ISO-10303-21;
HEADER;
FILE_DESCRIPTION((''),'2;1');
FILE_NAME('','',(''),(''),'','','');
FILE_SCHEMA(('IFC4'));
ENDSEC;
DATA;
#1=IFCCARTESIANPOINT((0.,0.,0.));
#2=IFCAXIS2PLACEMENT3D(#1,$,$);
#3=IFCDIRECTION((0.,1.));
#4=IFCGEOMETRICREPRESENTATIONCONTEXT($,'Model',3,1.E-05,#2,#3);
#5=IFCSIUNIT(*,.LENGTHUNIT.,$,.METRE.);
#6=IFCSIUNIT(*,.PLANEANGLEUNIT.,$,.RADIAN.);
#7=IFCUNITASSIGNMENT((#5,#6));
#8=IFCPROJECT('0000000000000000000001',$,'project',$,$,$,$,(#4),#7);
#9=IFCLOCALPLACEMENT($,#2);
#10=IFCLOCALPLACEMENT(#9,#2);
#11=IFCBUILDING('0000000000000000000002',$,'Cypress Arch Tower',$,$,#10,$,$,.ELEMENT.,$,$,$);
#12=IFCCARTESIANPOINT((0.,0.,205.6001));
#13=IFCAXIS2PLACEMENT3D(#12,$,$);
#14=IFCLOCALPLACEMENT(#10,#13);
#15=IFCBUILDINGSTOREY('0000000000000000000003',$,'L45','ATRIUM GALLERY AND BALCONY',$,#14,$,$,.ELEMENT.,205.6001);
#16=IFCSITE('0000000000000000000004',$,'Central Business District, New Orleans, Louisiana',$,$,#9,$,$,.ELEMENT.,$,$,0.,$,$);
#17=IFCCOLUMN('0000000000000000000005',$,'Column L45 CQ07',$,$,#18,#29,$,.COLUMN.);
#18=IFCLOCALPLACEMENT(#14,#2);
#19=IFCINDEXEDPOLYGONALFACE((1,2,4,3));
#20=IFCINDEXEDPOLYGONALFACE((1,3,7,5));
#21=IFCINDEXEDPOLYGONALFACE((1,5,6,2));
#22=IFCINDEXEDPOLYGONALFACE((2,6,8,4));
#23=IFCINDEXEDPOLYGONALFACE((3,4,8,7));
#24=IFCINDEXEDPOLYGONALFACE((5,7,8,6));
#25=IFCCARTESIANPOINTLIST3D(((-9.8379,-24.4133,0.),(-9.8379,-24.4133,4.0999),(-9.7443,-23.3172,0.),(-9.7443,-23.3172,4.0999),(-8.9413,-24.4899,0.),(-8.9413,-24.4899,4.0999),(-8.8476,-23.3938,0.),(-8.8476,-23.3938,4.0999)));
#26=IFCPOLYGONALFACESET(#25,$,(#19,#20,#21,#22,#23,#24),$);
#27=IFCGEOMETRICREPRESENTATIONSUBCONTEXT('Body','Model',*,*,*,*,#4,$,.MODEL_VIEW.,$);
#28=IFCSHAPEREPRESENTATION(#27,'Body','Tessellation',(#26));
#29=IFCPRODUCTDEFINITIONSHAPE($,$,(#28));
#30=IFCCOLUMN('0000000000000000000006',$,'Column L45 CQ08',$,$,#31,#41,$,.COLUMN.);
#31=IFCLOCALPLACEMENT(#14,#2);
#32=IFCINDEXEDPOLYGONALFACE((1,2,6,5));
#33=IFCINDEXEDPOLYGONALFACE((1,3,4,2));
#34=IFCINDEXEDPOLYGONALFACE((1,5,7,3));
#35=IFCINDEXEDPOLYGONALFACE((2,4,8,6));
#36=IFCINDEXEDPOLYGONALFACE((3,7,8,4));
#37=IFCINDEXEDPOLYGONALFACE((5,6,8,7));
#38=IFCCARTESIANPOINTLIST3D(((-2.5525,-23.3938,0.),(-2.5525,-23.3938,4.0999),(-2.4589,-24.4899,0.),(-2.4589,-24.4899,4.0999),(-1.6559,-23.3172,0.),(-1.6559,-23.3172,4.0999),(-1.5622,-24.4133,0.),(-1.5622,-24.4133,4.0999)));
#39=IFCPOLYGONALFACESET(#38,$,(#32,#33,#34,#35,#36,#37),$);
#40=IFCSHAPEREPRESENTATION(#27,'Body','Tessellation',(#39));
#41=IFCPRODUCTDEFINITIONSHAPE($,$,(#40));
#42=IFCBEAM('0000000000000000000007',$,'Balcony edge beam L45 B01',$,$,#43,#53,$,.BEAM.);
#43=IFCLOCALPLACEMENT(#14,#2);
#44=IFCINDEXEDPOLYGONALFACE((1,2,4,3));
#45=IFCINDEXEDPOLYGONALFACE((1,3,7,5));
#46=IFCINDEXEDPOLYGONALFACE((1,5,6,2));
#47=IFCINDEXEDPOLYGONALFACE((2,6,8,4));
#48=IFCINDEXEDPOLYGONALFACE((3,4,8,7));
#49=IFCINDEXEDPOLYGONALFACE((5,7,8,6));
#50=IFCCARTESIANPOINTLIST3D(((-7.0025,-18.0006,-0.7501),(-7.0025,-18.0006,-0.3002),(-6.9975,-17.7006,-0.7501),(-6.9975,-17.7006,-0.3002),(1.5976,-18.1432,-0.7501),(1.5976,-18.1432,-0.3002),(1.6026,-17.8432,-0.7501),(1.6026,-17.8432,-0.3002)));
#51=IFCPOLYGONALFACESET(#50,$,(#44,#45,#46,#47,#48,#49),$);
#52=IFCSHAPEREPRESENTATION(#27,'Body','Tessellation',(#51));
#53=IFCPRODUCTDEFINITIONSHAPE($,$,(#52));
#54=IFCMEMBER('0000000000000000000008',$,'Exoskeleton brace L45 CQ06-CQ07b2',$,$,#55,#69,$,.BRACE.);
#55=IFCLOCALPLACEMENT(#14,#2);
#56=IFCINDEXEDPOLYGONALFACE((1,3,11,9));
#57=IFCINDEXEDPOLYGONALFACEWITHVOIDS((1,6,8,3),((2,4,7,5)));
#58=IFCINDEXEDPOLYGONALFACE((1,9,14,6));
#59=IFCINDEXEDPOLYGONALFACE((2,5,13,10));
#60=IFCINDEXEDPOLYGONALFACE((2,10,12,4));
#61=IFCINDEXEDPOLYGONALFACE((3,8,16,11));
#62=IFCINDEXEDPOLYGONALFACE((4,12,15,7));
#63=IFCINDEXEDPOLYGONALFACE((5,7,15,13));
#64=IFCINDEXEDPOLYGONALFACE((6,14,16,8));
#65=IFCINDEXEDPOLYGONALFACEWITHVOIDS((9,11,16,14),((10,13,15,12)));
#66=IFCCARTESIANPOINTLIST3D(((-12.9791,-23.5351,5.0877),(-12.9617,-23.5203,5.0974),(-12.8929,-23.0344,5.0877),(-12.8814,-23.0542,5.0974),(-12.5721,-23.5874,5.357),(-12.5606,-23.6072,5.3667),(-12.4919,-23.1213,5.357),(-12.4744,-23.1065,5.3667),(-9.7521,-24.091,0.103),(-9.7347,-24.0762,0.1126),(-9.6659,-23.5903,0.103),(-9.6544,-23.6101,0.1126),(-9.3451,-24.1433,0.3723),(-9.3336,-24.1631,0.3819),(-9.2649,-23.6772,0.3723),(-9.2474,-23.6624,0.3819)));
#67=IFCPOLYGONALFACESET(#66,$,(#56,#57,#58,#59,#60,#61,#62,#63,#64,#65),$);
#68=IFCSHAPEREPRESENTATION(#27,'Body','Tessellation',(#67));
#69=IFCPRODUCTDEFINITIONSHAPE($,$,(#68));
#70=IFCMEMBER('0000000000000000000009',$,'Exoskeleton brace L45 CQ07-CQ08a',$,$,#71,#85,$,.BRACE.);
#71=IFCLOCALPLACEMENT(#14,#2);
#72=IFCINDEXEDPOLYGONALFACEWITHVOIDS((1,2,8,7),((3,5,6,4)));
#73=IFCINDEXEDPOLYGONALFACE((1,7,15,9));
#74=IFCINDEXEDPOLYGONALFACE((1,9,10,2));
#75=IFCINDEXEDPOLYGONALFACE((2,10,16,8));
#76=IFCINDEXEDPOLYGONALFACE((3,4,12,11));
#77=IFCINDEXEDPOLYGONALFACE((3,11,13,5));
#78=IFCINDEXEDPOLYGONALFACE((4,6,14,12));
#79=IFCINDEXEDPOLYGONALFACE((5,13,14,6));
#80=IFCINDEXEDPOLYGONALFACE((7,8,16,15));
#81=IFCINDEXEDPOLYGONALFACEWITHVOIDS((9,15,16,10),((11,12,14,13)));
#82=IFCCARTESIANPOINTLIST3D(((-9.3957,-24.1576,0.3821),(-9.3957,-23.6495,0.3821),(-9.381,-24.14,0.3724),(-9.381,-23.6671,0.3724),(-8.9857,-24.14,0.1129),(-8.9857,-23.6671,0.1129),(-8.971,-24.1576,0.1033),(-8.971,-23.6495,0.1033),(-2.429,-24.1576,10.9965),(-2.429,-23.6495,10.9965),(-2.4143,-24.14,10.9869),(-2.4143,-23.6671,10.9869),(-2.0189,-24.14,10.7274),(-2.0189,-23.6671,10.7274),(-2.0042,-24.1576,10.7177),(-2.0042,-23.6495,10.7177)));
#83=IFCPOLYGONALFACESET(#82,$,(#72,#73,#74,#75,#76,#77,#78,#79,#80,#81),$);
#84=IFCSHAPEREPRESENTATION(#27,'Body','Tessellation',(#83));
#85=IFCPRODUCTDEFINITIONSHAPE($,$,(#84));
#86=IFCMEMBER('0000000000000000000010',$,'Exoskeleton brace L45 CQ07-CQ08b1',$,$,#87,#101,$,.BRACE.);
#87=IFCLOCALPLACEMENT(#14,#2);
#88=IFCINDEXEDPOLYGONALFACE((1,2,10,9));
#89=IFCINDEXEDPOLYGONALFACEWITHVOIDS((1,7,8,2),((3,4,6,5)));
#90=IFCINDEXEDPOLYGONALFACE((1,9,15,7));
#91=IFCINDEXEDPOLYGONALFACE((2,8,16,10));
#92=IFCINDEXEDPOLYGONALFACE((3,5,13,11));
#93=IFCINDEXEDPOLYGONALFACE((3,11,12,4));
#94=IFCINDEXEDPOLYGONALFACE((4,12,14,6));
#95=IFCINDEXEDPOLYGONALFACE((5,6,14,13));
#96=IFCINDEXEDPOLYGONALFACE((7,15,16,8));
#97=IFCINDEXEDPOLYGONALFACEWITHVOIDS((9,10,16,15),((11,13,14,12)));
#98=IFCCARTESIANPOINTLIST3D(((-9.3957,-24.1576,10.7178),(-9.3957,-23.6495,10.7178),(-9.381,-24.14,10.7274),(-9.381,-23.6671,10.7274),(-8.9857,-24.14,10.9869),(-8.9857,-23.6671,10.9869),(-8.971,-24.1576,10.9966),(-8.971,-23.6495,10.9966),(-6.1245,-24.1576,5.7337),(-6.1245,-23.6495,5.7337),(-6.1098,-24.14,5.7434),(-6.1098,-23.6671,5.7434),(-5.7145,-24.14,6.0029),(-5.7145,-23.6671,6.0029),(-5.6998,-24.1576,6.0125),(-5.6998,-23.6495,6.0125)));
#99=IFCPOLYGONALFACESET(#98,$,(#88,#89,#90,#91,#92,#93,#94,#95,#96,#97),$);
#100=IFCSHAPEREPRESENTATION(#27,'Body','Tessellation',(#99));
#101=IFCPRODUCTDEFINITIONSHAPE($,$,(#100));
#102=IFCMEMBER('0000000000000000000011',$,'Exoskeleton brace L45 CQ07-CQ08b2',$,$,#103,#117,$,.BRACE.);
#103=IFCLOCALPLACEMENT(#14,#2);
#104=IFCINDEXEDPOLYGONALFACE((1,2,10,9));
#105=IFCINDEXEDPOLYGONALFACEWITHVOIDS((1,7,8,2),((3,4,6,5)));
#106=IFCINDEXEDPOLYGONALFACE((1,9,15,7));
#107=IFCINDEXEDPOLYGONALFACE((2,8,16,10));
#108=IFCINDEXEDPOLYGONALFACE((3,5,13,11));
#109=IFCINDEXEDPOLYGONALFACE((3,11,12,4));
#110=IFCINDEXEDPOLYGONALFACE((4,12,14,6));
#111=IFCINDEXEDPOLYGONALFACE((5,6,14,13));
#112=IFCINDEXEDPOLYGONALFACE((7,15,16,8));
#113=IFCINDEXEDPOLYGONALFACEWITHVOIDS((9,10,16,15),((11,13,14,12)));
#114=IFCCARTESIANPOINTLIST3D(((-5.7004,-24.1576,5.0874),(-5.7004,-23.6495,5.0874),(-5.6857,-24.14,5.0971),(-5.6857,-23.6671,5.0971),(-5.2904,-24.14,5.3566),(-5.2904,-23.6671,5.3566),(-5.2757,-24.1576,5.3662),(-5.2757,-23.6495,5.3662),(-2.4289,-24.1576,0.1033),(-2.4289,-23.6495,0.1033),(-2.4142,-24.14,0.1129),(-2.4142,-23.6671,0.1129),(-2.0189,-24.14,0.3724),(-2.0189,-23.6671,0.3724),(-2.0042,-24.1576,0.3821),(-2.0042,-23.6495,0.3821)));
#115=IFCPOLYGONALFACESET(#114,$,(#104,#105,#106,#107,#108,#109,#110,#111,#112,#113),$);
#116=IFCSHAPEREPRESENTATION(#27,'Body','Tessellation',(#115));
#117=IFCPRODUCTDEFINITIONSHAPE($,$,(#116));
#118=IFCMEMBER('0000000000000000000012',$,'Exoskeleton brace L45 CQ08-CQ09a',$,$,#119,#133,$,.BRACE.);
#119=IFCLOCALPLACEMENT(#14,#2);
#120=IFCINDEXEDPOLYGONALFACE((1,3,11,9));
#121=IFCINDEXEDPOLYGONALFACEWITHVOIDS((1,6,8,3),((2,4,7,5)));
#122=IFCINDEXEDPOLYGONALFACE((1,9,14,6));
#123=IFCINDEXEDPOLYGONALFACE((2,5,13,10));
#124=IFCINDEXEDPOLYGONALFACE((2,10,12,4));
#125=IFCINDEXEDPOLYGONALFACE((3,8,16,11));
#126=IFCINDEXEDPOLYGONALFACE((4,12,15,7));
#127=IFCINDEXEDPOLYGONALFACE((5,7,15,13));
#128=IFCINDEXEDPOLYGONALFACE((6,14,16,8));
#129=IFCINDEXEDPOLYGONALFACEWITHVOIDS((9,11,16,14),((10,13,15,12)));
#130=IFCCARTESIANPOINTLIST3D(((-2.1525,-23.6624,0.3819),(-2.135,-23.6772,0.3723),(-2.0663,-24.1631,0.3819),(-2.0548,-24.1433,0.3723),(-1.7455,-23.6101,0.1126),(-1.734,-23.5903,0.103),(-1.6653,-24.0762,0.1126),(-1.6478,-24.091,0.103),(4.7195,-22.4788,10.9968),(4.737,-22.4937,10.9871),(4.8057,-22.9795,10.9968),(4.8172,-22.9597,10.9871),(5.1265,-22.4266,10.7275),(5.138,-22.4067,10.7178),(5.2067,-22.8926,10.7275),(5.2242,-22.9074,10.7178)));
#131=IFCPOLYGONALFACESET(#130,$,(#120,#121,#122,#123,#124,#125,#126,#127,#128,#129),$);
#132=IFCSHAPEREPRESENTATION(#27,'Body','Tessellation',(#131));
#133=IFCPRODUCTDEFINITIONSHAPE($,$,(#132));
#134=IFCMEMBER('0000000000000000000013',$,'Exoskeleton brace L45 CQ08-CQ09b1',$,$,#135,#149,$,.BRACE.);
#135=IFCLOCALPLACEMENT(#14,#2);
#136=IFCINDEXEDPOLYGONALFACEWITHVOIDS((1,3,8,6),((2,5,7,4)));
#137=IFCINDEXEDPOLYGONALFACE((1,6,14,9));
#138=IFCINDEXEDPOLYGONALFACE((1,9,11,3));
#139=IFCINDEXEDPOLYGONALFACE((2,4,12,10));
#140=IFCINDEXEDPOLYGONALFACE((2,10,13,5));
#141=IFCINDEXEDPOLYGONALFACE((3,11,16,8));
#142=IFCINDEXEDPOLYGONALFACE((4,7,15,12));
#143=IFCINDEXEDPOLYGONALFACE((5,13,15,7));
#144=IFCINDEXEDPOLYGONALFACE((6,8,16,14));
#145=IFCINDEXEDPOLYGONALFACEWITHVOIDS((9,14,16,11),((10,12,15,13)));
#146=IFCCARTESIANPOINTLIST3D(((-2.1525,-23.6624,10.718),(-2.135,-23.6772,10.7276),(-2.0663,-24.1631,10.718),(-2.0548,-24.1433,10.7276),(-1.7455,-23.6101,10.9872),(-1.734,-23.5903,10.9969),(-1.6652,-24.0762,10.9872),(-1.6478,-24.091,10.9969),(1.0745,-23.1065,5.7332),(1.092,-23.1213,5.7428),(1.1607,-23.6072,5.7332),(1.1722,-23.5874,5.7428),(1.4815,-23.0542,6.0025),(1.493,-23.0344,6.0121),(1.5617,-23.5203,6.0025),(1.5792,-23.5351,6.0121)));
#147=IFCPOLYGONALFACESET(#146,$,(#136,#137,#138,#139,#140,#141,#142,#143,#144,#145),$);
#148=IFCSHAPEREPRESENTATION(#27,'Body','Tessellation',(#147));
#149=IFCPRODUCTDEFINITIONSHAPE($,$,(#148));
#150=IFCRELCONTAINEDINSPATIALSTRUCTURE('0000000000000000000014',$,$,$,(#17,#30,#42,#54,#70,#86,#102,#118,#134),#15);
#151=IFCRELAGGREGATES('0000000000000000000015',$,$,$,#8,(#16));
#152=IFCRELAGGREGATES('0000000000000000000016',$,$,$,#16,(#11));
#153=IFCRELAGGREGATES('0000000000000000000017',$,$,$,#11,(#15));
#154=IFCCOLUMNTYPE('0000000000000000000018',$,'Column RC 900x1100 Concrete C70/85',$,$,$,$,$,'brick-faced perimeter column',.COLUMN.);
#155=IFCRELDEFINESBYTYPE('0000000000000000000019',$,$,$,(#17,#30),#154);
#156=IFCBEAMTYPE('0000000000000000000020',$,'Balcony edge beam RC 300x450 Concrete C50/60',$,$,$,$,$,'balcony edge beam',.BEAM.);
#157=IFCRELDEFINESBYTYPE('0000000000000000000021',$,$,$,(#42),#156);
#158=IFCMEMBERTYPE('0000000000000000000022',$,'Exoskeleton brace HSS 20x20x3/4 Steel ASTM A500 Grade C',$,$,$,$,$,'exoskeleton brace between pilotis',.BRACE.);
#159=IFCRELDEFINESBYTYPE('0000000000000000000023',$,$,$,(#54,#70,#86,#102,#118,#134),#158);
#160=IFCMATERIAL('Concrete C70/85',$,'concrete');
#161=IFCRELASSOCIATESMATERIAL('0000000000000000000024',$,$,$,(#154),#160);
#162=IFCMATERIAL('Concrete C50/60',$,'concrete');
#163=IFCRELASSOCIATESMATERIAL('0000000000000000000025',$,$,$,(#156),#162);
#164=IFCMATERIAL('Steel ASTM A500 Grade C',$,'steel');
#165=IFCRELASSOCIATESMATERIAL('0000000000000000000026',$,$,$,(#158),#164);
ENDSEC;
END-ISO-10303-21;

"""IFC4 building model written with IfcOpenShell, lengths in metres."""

from ifc_helpers import new_model, si_unit, direction, frame, origin, origin_2d, place, context, subcontext, project, spatial, rectangle, hollow_rectangle, extrude, material, material_profile, profile_set, type_object, element, save


model = new_model("IFC4")

# Units and contexts
model_context = context("Model", 3, precision=1e-05, world=origin(), true_north=direction((0.0, 1.0)))
body_context = subcontext(model_context, "Body", "Model", "MODEL_VIEW")
ifc_project = project(units=[si_unit("LENGTHUNIT", "METRE"), si_unit("PLANEANGLEUNIT", "RADIAN")], contexts=[model_context])

# Site, building, storey
site_placement = place(None, origin())
site = spatial("IfcSite", under=ifc_project, at=site_placement, Name="Central Business District, New Orleans, Louisiana", CompositionType="ELEMENT", RefElevation=0.0)
building_placement = place(site_placement, origin())
building = spatial("IfcBuilding", under=site, at=building_placement, Name="Cypress Arch Tower", CompositionType="ELEMENT")
storey_placement = place(building_placement, frame((0.0, 0.0, 205.6001)))
storey = spatial("IfcBuildingStorey", under=building, at=storey_placement, Name="L45", Description="ATRIUM GALLERY AND BALCONY", CompositionType="ELEMENT", Elevation=205.6001)

# Columns
ifc_material_1 = material(Name="Concrete C70/85", Category="concrete")
ifc_material_profile_1 = material_profile(ifc_material_1, rectangle(XDim=0.8999, YDim=1.1001, at=origin_2d()), Name="RC 900x1100")
ifc_profile_set_1 = profile_set([ifc_material_profile_1], Name="Concrete C70/85")
column_type = type_object("IfcColumnType", Name="Column RC 900x1100 Concrete C70/85", ElementType="brick-faced perimeter column", PredefinedType="COLUMN", material=ifc_profile_set_1)
for number, where, z_axis, x_axis, name in (
    (1, (-9.3428, -23.9036, 0.0), (0.0, 0.0, 1.0), (0.996368, -0.085149, 0.0), "Column L45 CQ07"),
    (2, (-2.0574, -23.9036, 0.0), (0.0, 0.0, 1.0), (0.996368, 0.085149, 0.0), "Column L45 CQ08"),
):
    element("IfcColumn", number, at=place(storey_placement, frame(where, z_axis=z_axis, x_axis=x_axis)), inside=storey, type_object=column_type, Name=name, PredefinedType="COLUMN", context=body_context, shape_type="SweptSolid", body=[
        extrude(rectangle(XDim=0.8999, YDim=1.1001, at=origin_2d()), origin(), (0.0, 0.0, 1.0), 4.0999),
    ])

# Beam
ifc_material_2 = material(Name="Concrete C50/60", Category="concrete")
ifc_material_profile_2 = material_profile(ifc_material_2, rectangle(XDim=0.3, YDim=0.45, at=origin_2d()), Name="RC 300x450")
ifc_profile_set_2 = profile_set([ifc_material_profile_2], Name="Concrete C50/60")
beam_type = type_object("IfcBeamType", Name="Balcony edge beam RC 300x450 Concrete C50/60", ElementType="balcony edge beam", PredefinedType="BEAM", material=ifc_profile_set_2)
beam_placement = place(storey_placement, frame((-7.0, -17.8506, -0.5251), z_axis=(0.999863, -0.016576, 0.0), x_axis=(0.016576, 0.999863, 0.0)))
element("IfcBeam", 3, at=beam_placement, inside=storey, type_object=beam_type, Name="Balcony edge beam L45 B01", PredefinedType="BEAM", context=body_context, shape_type="SweptSolid", body=[
    extrude(rectangle(XDim=0.3, YDim=0.45, at=origin_2d()), origin(), (0.0, 0.0, 1.0), 8.6013),
])

# Members
ifc_material_3 = material(Name="Steel ASTM A500 Grade C", Category="steel")
ifc_material_profile_3 = material_profile(ifc_material_3, hollow_rectangle(XDim=0.5081, YDim=0.5081, WallThickness=0.0176, at=origin_2d()), Name="HSS 20x20x3/4")
ifc_profile_set_3 = profile_set([ifc_material_profile_3], Name="Steel ASTM A500 Grade C")
member_type = type_object("IfcMemberType", Name="Exoskeleton brace HSS 20x20x3/4 Steel ASTM A500 Grade C", ElementType="exoskeleton brace between pilotis", PredefinedType="BRACE", material=ifc_profile_set_3)
member_1_placement = place(storey_placement, frame((-9.4998, -23.8767, 0.2424), z_axis=(-0.54107, 0.093207, 0.835797), x_axis=(-0.169765, -0.985485, 0.0)))
element("IfcMember", 4, at=member_1_placement, inside=storey, type_object=member_type, Name="Exoskeleton brace L45 CQ06-CQ07b2", PredefinedType="BRACE", context=body_context, shape_type="SweptSolid", body=[
    extrude(hollow_rectangle(XDim=0.5081, YDim=0.5081, WallThickness=0.0176, at=origin_2d()), origin(), (0.0, 0.0, 1.0), 5.9641),
])
member_2_placement = place(storey_placement, frame((-9.1833, -23.9036, 0.2427), z_axis=(0.548713, 0.0, 0.836011), x_axis=(0.0, 1.0, 0.0)))
element("IfcMember", 5, at=member_2_placement, inside=storey, type_object=member_type, Name="Exoskeleton brace L45 CQ07-CQ08a", PredefinedType="BRACE", context=body_context, shape_type="SweptSolid", body=[
    extrude(hollow_rectangle(XDim=0.5081, YDim=0.5081, WallThickness=0.0176, at=origin_2d()), origin(), (0.0, 0.0, 1.0), 12.6965),
])
member_3_placement = place(storey_placement, frame((-9.1833, -23.9036, 10.8572), z_axis=(0.548704, 0.0, -0.836017), x_axis=(0.0, 1.0, 0.0)))
element("IfcMember", 6, at=member_3_placement, inside=storey, type_object=member_type, Name="Exoskeleton brace L45 CQ07-CQ08b1", PredefinedType="BRACE", context=body_context, shape_type="SweptSolid", body=[
    extrude(hollow_rectangle(XDim=0.5081, YDim=0.5081, WallThickness=0.0176, at=origin_2d()), origin(), (0.0, 0.0, 1.0), 5.9617),
])
member_4_placement = place(storey_placement, frame((-2.2166, -23.9036, 0.2427), z_axis=(-0.548732, 0.0, 0.835998), x_axis=(0.0, -1.0, 0.0)))
element("IfcMember", 7, at=member_4_placement, inside=storey, type_object=member_type, Name="Exoskeleton brace L45 CQ07-CQ08b2", PredefinedType="BRACE", context=body_context, shape_type="SweptSolid", body=[
    extrude(hollow_rectangle(XDim=0.5081, YDim=0.5081, WallThickness=0.0176, at=origin_2d()), origin(), (0.0, 0.0, 1.0), 5.9619),
])
member_5_placement = place(storey_placement, frame((-1.9001, -23.8767, 0.2424), z_axis=(0.541084, 0.093192, 0.835789), x_axis=(-0.169733, 0.98549, 0.0)))
element("IfcMember", 8, at=member_5_placement, inside=storey, type_object=member_type, Name="Exoskeleton brace L45 CQ08-CQ09a", PredefinedType="BRACE", context=body_context, shape_type="SweptSolid", body=[
    extrude(hollow_rectangle(XDim=0.5081, YDim=0.5081, WallThickness=0.0176, at=origin_2d()), origin(), (0.0, 0.0, 1.0), 12.7004),
])
member_6_placement = place(storey_placement, frame((-1.9001, -23.8767, 10.8574), z_axis=(0.54107, 0.093207, -0.835797), x_axis=(-0.169765, 0.985485, 0.0)))
element("IfcMember", 9, at=member_6_placement, inside=storey, type_object=member_type, Name="Exoskeleton brace L45 CQ08-CQ09b1", PredefinedType="BRACE", context=body_context, shape_type="SweptSolid", body=[
    extrude(hollow_rectangle(XDim=0.5081, YDim=0.5081, WallThickness=0.0176, at=origin_2d()), origin(), (0.0, 0.0, 1.0), 5.9641),
])

save(model, "model.ifc")
